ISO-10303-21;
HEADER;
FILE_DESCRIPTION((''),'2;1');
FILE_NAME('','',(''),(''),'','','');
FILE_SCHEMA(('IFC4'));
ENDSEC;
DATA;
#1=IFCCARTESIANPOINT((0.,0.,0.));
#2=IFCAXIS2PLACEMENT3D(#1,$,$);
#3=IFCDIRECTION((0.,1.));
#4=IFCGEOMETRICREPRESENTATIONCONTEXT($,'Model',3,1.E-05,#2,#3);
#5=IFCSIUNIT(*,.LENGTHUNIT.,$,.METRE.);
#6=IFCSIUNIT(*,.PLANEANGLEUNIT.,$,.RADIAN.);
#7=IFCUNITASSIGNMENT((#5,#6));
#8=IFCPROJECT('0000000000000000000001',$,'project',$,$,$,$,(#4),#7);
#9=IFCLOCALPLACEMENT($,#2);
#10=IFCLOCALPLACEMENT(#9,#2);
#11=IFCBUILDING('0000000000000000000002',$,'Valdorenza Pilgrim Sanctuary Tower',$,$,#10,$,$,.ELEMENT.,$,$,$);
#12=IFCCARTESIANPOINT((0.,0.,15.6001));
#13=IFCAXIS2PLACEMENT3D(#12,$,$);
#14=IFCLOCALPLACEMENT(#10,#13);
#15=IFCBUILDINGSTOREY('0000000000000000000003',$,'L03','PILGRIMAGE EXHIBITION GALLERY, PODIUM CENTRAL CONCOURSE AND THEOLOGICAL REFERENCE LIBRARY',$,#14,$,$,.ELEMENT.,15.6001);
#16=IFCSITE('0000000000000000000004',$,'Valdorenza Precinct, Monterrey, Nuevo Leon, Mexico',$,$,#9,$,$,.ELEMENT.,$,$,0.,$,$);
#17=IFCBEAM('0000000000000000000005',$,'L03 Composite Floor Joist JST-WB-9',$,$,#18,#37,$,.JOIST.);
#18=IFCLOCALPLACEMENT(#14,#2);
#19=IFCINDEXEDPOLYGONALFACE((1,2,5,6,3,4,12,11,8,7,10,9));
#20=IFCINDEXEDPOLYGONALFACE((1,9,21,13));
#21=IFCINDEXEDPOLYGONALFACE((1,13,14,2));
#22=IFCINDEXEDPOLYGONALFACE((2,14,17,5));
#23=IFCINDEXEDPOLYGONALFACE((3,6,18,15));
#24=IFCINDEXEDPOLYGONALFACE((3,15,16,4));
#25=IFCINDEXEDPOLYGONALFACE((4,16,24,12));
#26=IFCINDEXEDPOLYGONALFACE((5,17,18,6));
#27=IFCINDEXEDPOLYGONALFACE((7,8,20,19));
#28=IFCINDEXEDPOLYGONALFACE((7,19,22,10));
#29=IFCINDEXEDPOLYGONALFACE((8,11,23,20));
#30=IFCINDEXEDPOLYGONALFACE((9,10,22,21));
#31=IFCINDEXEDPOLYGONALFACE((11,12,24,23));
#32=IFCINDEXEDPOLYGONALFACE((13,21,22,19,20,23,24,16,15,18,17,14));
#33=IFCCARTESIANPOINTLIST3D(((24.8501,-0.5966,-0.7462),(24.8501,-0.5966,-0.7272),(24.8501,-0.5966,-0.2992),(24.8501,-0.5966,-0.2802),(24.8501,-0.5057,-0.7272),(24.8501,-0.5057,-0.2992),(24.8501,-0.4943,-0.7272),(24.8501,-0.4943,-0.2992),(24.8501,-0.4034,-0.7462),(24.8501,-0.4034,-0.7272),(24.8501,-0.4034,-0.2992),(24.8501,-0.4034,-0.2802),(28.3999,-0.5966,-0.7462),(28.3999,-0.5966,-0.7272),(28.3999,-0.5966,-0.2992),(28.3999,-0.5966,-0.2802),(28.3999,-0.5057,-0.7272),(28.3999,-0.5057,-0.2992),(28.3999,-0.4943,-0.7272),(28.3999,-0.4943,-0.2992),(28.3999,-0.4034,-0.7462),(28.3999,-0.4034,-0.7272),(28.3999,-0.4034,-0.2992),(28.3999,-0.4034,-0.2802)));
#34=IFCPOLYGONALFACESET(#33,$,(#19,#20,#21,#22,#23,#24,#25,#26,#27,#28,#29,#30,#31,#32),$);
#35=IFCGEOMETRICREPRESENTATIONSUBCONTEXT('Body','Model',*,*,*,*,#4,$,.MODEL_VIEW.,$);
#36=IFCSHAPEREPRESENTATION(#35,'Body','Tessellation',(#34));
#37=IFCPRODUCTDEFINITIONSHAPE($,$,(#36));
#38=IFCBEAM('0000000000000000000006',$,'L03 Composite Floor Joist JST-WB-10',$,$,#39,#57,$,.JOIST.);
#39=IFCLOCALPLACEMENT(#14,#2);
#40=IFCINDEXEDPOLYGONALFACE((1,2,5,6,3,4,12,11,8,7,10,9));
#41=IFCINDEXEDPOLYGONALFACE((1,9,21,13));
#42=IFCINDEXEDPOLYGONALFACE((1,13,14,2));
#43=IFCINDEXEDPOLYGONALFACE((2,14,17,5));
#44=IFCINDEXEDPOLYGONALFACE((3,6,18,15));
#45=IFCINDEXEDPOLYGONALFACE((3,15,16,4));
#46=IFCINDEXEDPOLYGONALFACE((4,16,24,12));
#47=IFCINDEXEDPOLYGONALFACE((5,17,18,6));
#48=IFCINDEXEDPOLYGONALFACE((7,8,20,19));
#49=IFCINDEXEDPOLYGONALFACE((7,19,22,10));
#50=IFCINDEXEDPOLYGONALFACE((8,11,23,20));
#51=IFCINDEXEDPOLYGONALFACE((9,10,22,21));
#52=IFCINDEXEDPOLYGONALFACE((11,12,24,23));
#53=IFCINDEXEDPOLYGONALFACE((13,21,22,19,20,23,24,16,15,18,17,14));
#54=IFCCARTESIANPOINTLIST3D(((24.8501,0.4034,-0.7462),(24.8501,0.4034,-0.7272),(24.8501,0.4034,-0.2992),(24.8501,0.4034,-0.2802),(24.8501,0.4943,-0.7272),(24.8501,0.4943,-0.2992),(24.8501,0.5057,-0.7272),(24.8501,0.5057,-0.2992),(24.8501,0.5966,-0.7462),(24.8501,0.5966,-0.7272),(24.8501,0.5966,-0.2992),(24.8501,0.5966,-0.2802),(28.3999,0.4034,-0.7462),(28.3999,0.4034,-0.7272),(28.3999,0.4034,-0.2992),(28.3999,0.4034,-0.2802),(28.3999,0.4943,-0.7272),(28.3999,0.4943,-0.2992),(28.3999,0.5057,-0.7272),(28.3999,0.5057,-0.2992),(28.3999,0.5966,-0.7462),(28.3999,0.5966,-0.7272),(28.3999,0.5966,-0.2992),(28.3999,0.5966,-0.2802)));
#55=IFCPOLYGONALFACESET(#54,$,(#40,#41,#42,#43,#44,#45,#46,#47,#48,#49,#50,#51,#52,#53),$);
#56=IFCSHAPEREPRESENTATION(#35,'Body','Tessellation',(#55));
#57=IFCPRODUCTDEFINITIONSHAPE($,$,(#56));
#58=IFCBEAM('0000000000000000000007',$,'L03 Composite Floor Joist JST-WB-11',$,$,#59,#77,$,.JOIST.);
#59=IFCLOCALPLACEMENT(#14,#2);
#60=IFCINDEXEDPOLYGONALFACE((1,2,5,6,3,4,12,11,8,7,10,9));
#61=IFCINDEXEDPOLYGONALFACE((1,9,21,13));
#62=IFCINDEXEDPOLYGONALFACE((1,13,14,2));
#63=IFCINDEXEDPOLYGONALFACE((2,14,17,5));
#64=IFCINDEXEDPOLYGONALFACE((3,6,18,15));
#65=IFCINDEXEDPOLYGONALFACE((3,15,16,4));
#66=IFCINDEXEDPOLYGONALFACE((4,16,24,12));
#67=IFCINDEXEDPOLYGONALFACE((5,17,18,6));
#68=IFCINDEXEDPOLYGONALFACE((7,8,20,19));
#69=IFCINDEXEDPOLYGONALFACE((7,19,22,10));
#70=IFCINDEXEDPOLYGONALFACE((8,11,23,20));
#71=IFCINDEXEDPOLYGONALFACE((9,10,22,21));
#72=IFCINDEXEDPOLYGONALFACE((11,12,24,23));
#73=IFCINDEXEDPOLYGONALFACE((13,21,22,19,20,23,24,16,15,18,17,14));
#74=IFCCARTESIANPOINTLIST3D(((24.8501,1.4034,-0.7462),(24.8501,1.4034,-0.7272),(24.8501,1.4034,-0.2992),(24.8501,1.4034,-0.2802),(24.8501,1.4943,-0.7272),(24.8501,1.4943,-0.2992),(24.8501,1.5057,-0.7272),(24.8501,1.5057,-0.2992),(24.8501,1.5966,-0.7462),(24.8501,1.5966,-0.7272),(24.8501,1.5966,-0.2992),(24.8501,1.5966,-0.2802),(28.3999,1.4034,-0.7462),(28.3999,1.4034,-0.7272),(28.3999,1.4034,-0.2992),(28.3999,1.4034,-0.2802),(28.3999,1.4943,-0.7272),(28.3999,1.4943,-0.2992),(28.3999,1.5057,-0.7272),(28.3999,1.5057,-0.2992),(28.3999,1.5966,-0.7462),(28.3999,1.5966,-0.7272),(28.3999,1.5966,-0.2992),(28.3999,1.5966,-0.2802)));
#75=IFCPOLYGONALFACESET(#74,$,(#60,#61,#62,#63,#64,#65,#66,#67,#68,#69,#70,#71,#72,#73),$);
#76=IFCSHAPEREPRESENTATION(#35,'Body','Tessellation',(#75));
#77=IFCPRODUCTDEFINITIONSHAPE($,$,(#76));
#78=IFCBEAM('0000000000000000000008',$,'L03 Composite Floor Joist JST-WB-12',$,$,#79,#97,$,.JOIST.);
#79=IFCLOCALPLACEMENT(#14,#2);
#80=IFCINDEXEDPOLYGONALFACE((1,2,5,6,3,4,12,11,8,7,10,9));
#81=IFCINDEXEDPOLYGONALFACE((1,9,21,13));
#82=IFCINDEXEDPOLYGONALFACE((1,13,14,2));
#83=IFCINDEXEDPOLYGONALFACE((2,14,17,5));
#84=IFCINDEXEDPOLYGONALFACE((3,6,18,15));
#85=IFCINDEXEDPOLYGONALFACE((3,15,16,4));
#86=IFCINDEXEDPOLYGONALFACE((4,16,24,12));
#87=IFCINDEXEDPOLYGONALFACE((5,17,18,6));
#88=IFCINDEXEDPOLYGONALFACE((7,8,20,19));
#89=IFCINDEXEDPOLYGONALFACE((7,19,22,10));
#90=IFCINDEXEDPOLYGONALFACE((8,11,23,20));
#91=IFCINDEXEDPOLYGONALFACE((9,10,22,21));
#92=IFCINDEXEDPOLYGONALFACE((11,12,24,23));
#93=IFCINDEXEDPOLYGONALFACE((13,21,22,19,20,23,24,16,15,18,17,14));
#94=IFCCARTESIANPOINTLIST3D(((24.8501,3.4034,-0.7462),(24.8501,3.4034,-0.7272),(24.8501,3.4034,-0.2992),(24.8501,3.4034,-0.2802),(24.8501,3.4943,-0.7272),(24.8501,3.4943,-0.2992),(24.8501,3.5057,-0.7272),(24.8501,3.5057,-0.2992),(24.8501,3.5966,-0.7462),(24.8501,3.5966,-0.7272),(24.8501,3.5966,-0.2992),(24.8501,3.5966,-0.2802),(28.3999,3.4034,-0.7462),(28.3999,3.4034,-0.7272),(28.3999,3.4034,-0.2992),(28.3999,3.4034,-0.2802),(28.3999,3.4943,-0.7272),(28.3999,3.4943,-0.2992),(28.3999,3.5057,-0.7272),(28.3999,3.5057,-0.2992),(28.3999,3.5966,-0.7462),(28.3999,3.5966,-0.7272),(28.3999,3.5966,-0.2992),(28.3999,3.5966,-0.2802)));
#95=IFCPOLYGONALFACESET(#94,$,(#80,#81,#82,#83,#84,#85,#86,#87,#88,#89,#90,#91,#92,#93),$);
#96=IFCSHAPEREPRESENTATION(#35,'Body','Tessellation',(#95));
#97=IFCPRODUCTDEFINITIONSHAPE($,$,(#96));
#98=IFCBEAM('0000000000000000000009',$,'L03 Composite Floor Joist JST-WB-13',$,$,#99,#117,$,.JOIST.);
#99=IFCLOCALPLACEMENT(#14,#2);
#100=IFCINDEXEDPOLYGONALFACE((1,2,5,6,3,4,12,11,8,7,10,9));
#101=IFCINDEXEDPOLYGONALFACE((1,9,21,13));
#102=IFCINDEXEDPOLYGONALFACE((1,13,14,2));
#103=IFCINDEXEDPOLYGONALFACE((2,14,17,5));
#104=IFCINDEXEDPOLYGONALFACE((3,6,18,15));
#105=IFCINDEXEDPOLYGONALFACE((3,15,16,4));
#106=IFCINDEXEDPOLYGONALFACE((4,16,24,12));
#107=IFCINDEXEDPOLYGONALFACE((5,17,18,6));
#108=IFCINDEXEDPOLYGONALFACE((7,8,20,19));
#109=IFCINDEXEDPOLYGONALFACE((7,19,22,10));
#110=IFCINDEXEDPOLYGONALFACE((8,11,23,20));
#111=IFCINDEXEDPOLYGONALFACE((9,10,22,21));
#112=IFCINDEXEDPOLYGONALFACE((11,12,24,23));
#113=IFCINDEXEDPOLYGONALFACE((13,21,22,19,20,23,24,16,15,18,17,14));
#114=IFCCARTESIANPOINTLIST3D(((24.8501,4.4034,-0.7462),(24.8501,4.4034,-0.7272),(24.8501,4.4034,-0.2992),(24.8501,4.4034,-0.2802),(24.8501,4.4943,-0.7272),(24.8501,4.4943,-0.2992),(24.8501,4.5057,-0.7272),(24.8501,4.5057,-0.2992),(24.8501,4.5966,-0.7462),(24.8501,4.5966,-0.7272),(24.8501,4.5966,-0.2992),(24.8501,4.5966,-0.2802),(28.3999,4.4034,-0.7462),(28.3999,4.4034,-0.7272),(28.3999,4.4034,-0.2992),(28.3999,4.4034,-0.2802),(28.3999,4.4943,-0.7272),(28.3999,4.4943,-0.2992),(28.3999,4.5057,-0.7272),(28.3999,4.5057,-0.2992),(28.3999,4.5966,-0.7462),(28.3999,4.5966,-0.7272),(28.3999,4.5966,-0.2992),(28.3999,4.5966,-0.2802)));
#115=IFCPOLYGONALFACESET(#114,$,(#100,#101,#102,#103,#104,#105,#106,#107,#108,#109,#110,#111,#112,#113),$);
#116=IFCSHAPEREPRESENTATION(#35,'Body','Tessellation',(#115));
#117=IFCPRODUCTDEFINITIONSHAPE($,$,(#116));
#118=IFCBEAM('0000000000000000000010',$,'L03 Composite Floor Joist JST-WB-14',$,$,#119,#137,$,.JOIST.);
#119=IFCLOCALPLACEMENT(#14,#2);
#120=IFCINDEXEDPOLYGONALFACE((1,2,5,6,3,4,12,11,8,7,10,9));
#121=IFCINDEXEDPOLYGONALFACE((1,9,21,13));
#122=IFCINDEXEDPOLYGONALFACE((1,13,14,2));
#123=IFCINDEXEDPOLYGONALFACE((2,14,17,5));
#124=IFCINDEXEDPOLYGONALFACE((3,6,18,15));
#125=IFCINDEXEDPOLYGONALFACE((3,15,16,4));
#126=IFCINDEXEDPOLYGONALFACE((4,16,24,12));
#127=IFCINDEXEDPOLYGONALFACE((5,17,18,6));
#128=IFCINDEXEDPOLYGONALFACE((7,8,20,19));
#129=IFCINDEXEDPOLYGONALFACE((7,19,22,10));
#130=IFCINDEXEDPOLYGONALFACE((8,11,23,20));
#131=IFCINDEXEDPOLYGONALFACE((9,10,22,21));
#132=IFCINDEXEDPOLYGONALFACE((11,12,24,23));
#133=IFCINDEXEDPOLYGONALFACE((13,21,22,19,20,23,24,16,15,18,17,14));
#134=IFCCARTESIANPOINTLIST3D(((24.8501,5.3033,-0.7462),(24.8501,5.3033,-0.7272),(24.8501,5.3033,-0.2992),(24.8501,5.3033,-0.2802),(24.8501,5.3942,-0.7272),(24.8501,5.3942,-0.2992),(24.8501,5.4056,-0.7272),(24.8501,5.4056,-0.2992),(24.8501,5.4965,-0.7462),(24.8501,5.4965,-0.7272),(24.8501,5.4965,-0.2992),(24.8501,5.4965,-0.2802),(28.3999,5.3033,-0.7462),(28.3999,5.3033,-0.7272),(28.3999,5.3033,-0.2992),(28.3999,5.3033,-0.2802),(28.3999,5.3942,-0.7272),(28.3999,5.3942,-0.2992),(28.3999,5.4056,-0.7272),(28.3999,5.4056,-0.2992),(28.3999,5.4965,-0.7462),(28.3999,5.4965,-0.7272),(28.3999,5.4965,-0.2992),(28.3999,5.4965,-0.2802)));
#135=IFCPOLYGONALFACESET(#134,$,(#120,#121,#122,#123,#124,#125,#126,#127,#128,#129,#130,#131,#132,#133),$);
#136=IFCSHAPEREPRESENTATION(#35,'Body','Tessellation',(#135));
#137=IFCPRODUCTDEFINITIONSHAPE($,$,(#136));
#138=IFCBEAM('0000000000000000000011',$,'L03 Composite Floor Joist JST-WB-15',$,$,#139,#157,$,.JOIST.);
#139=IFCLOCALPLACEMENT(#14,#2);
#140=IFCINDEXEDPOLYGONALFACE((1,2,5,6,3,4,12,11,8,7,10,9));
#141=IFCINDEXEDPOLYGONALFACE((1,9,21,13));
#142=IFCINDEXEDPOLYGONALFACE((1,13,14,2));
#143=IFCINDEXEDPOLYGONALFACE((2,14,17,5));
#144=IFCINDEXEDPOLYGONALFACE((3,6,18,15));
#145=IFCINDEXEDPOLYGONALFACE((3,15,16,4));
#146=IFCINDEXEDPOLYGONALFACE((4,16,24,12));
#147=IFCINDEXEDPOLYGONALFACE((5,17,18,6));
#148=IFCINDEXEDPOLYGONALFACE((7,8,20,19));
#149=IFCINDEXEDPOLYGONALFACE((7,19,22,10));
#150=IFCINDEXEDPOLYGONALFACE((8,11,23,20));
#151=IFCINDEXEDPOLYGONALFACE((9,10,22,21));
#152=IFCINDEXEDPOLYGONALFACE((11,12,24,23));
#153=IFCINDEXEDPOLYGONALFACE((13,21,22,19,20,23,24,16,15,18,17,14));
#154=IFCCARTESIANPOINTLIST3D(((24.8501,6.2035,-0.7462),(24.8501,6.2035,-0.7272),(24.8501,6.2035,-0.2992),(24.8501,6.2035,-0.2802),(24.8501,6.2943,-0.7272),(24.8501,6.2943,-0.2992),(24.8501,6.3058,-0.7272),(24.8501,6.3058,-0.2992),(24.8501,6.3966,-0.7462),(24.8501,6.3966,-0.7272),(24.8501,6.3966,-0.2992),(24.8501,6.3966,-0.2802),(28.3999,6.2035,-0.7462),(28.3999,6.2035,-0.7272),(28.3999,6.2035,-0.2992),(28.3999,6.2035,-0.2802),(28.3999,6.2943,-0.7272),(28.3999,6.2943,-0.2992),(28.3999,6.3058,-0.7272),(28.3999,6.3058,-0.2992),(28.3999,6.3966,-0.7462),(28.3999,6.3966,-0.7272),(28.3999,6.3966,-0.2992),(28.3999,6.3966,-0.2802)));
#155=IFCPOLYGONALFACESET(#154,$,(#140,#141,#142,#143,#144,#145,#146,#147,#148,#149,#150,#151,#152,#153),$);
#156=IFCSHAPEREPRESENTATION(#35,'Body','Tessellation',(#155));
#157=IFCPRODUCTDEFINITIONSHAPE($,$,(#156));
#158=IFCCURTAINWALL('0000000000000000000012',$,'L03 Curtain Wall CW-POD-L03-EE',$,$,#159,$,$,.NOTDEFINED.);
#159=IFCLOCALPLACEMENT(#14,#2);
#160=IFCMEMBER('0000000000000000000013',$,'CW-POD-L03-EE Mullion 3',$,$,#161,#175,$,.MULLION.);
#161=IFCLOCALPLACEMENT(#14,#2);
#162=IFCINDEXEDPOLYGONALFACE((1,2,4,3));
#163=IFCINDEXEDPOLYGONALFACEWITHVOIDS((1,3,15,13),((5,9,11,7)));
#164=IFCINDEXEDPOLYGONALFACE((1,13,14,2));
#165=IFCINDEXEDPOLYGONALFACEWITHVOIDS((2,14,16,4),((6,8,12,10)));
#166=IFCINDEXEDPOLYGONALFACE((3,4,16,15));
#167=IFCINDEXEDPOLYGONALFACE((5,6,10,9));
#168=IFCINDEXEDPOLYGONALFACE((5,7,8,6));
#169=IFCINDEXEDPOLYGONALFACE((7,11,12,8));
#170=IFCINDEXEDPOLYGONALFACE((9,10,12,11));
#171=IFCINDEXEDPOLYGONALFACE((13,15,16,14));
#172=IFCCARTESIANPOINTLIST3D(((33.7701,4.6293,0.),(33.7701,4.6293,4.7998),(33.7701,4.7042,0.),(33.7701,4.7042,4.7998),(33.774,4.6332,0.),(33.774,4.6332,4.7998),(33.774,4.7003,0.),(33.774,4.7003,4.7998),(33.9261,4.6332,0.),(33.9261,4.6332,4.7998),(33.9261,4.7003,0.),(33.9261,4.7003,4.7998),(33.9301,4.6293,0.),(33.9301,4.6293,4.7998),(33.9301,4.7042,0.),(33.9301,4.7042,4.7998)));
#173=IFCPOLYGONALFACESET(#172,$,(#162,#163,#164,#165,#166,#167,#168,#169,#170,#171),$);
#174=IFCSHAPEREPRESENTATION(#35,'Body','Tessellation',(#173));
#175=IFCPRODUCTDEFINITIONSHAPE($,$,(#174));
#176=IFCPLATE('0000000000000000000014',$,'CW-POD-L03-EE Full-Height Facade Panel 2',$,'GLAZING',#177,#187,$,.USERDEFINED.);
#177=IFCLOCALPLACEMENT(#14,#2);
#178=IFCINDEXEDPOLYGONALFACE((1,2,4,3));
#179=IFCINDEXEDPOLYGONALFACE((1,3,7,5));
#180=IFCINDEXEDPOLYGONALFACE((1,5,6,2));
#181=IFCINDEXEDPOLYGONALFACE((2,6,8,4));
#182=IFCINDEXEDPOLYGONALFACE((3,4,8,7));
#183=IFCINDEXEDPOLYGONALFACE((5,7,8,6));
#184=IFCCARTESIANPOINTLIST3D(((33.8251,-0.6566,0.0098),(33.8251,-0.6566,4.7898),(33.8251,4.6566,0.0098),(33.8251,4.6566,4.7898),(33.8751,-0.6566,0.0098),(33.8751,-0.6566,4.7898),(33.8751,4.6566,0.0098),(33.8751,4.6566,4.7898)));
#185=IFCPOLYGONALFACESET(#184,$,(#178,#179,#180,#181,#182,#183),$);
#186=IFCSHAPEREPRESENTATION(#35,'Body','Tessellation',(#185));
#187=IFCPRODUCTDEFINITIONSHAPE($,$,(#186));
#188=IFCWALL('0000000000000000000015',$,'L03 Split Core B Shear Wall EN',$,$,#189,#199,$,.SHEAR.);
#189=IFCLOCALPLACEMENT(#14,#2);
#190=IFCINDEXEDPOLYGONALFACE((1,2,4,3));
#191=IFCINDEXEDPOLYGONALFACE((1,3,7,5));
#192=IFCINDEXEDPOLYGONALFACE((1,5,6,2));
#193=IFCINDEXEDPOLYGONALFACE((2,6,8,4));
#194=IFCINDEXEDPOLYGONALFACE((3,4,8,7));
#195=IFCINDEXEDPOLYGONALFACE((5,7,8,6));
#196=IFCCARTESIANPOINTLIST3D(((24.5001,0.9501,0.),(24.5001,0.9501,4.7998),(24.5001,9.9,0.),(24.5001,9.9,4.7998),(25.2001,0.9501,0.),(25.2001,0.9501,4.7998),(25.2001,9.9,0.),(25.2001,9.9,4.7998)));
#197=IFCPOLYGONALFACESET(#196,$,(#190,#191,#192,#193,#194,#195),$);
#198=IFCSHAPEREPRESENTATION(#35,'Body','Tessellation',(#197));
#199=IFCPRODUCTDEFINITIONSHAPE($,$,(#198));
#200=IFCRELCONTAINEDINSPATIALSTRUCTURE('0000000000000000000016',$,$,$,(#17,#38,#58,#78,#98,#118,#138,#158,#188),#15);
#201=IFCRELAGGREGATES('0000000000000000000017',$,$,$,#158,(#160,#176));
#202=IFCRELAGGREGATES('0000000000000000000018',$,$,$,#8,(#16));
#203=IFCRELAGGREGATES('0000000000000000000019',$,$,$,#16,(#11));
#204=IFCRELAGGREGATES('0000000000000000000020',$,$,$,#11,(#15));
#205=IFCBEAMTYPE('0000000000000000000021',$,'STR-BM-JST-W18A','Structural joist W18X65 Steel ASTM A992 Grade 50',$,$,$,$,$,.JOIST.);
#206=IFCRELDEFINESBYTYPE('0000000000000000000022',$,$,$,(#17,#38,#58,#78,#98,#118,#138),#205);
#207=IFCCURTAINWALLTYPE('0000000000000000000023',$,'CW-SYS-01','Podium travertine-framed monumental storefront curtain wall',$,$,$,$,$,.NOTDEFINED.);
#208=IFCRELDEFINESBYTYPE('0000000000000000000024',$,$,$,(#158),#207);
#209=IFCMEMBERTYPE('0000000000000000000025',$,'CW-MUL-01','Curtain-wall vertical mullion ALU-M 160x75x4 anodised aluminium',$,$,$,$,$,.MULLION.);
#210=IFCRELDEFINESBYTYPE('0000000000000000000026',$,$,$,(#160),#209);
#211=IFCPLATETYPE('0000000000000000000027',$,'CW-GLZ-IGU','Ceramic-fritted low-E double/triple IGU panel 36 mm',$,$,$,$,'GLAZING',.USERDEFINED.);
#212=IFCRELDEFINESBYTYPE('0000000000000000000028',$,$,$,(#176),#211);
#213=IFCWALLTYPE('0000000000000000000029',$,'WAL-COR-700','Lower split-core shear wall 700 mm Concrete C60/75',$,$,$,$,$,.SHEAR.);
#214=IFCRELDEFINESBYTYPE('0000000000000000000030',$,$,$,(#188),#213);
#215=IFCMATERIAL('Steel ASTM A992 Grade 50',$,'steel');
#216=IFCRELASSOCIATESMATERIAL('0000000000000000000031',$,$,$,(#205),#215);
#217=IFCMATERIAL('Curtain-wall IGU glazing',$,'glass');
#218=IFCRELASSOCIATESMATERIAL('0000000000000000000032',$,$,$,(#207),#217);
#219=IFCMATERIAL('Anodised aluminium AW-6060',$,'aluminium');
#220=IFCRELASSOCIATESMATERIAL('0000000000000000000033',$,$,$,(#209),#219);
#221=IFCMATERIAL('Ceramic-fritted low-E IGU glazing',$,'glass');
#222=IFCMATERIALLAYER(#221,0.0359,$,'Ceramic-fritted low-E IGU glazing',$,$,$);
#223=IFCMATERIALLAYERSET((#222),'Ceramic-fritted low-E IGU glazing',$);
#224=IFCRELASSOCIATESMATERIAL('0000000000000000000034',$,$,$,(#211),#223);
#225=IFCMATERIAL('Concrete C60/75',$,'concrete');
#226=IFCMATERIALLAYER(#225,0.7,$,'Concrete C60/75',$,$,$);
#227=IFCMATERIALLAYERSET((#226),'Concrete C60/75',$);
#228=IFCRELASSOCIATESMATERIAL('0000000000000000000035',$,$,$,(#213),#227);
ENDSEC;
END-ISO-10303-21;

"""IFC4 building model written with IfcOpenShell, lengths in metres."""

from ifc_helpers import new_model, si_unit, direction, frame, frame_2d, origin, origin_2d, place, context, subcontext, project, spatial, rectangle, hollow_rectangle, i_section, extrude, source, transform, mapped, material, layer, layer_set, material_profile, profile_set, type_object, element, aggregate, save


model = new_model("IFC4")

# Units and contexts
model_context = context("Model", 3, precision=1e-05, world=origin(), true_north=direction((0.0, 1.0)))
body_context = subcontext(model_context, "Body", "Model", "MODEL_VIEW")
ifc_project = project(units=[si_unit("LENGTHUNIT", "METRE"), si_unit("PLANEANGLEUNIT", "RADIAN")], contexts=[model_context])

# Site, building, storey
site_placement = place(None, origin())
site = spatial("IfcSite", under=ifc_project, at=site_placement, Name="Valdorenza Precinct, Monterrey, Nuevo Leon, Mexico", CompositionType="ELEMENT", RefElevation=0.0)
building_placement = place(site_placement, origin())
building = spatial("IfcBuilding", under=site, at=building_placement, Name="Valdorenza Pilgrim Sanctuary Tower", CompositionType="ELEMENT")
storey_placement = place(building_placement, frame((0.0, 0.0, 15.6001)))
storey = spatial("IfcBuildingStorey", under=building, at=storey_placement, Name="L03", Description="PILGRIMAGE EXHIBITION GALLERY, PODIUM CENTRAL CONCOURSE AND THEOLOGICAL REFERENCE LIBRARY", CompositionType="ELEMENT", Elevation=15.6001)

# Beams
ifc_material_1 = material(Name="Steel ASTM A992 Grade 50", Category="steel")
ifc_material_profile_1 = material_profile(ifc_material_1, i_section(OverallWidth=0.1931, OverallDepth=0.4661, WebThickness=0.0115, FlangeThickness=0.019, at=origin_2d()), Name="W18X65")
ifc_profile_set_1 = profile_set([ifc_material_profile_1], Name="Steel ASTM A992 Grade 50")
beam_type = type_object("IfcBeamType", Name="STR-BM-JST-W18A", Description="Structural joist W18X65 Steel ASTM A992 Grade 50", PredefinedType="JOIST", material=ifc_profile_set_1)
shared_shape_1 = source(origin(), body_context, "Body", "SweptSolid", [
    extrude(i_section(OverallWidth=0.1931, OverallDepth=0.4661, WebThickness=0.0115, FlangeThickness=0.019, at=origin_2d()), origin(), (0.0, 0.0, 1.0), 3.5498),
])
for number, where, z_axis, x_axis, name in (
    (1, (24.8501, -0.5, -0.5132), (1.0, 0.0, 0.0), (0.0, 1.0, 0.0), "L03 Composite Floor Joist JST-WB-9"),
    (2, (24.8501, 0.5, -0.5132), (1.0, 0.0, 0.0), (0.0, 1.0, 0.0), "L03 Composite Floor Joist JST-WB-10"),
    (3, (24.8501, 1.5, -0.5132), (1.0, 0.0, 0.0), (0.0, 1.0, 0.0), "L03 Composite Floor Joist JST-WB-11"),
    (4, (24.8501, 3.5, -0.5132), (1.0, 0.0, 0.0), (0.0, 1.0, 0.0), "L03 Composite Floor Joist JST-WB-12"),
    (5, (24.8501, 4.5, -0.5132), (1.0, 0.0, 0.0), (0.0, 1.0, 0.0), "L03 Composite Floor Joist JST-WB-13"),
    (6, (24.8501, 5.3999, -0.5132), (1.0, 0.0, 0.0), (0.0, 1.0, 0.0), "L03 Composite Floor Joist JST-WB-14"),
    (7, (24.8501, 6.3, -0.5132), (1.0, 0.0, 0.0), (0.0, 1.0, 0.0), "L03 Composite Floor Joist JST-WB-15"),
):
    element("IfcBeam", number, at=place(storey_placement, frame(where, z_axis=z_axis, x_axis=x_axis)), inside=storey, type_object=beam_type, Name=name, PredefinedType="JOIST", context=body_context, shape_type="MappedRepresentation", body=[
        mapped(shared_shape_1, transform((0.0, 0.0, 0.0), x_axis=(1.0, 0.0, 0.0), y_axis=(0.0, 1.0, 0.0), z_axis=(0.0, 0.0, 1.0), scale=1.0)),
    ])

# Curtain wall, member, plate
ifc_material_2 = material(Name="Curtain-wall IGU glazing", Category="glass")
curtain_wall_type = type_object("IfcCurtainWallType", Name="CW-SYS-01", Description="Podium travertine-framed monumental storefront curtain wall", PredefinedType="NOTDEFINED", material=ifc_material_2)
curtain_wall_placement = place(storey_placement, origin())
curtain_wall = element("IfcCurtainWall", 8, at=curtain_wall_placement, inside=storey, type_object=curtain_wall_type, Name="L03 Curtain Wall CW-POD-L03-EE", PredefinedType="NOTDEFINED")
ifc_material_3 = material(Name="Anodised aluminium AW-6060", Category="aluminium")
ifc_material_profile_2 = material_profile(ifc_material_3, hollow_rectangle(XDim=0.075, YDim=0.1599, WallThickness=0.0039, at=origin_2d()), Name="ALU-M 160x75x4")
ifc_profile_set_2 = profile_set([ifc_material_profile_2], Name="Anodised aluminium AW-6060")
member_type = type_object("IfcMemberType", Name="CW-MUL-01", Description="Curtain-wall vertical mullion ALU-M 160x75x4 anodised aluminium", PredefinedType="MULLION", material=ifc_profile_set_2)
shared_shape_2 = source(origin(), body_context, "Body", "SweptSolid", [
    extrude(hollow_rectangle(XDim=0.075, YDim=0.1599, WallThickness=0.0039, at=origin_2d()), origin(), (0.0, 0.0, 1.0), 4.7998),
])
member_placement = place(storey_placement, frame((33.8501, 4.6667, 0.0), z_axis=(0.0, 0.0, 1.0), x_axis=(0.0, 1.0, 0.0)))
member = element("IfcMember", 9, at=member_placement, type_object=member_type, Name="CW-POD-L03-EE Mullion 3", PredefinedType="MULLION", context=body_context, shape_type="MappedRepresentation", body=[
    mapped(shared_shape_2, transform((0.0, 0.0, 0.0), x_axis=(1.0, 0.0, 0.0), y_axis=(0.0, 1.0, 0.0), z_axis=(0.0, 0.0, 1.0), scale=1.0)),
])
ifc_material_4 = material(Name="Ceramic-fritted low-E IGU glazing", Category="glass")
ifc_layer_1 = layer(ifc_material_4, 0.0359, Name="Ceramic-fritted low-E IGU glazing")
ifc_layer_set_1 = layer_set([ifc_layer_1], Name="Ceramic-fritted low-E IGU glazing")
plate_type = type_object("IfcPlateType", Name="CW-GLZ-IGU", Description="Ceramic-fritted low-E double/triple IGU panel 36 mm", ElementType="GLAZING", PredefinedType="USERDEFINED", material=ifc_layer_set_1)
shared_shape_3 = source(origin(), body_context, "Body", "SweptSolid", [
    extrude(rectangle(XDim=5.3132, YDim=0.05, at=origin_2d()), origin(), (0.0, 0.0, 1.0), 4.78),
])
plate_placement = place(storey_placement, frame((33.8501, 2.0, 0.0098), z_axis=(0.0, 0.0, 1.0), x_axis=(0.0, 1.0, 0.0)))
plate = element("IfcPlate", 10, at=plate_placement, type_object=plate_type, Name="CW-POD-L03-EE Full-Height Facade Panel 2", ObjectType="GLAZING", PredefinedType="USERDEFINED", context=body_context, shape_type="MappedRepresentation", body=[
    mapped(shared_shape_3, transform((0.0, 0.0, 0.0), x_axis=(1.0, 0.0, 0.0), y_axis=(0.0, 1.0, 0.0), z_axis=(0.0, 0.0, 1.0), scale=1.0)),
])
aggregate(curtain_wall, [member, plate])

# Wall
ifc_material_5 = material(Name="Concrete C60/75", Category="concrete")
ifc_layer_2 = layer(ifc_material_5, 0.7, Name="Concrete C60/75")
ifc_layer_set_2 = layer_set([ifc_layer_2], Name="Concrete C60/75")
wall_type_1 = type_object("IfcWallType", Name="WAL-COR-700", Description="Lower split-core shear wall 700 mm Concrete C60/75", PredefinedType="SHEAR", material=ifc_layer_set_2)
wall_1_placement = place(storey_placement, frame((24.8501, 0.95, 0.0), z_axis=(0.0, 0.0, 1.0), x_axis=(0.0, 1.0, 0.0)))
element("IfcWall", 11, at=wall_1_placement, inside=storey, type_object=wall_type_1, Name="L03 Split Core B Shear Wall EN", PredefinedType="SHEAR", context=body_context, shape_type="SweptSolid", body=[
    extrude(rectangle(XDim=8.95, YDim=0.7, at=frame_2d((4.4751, 0.0))), origin(), (0.0, 0.0, 1.0), 4.7998),
])

save(model, "model.ifc")
